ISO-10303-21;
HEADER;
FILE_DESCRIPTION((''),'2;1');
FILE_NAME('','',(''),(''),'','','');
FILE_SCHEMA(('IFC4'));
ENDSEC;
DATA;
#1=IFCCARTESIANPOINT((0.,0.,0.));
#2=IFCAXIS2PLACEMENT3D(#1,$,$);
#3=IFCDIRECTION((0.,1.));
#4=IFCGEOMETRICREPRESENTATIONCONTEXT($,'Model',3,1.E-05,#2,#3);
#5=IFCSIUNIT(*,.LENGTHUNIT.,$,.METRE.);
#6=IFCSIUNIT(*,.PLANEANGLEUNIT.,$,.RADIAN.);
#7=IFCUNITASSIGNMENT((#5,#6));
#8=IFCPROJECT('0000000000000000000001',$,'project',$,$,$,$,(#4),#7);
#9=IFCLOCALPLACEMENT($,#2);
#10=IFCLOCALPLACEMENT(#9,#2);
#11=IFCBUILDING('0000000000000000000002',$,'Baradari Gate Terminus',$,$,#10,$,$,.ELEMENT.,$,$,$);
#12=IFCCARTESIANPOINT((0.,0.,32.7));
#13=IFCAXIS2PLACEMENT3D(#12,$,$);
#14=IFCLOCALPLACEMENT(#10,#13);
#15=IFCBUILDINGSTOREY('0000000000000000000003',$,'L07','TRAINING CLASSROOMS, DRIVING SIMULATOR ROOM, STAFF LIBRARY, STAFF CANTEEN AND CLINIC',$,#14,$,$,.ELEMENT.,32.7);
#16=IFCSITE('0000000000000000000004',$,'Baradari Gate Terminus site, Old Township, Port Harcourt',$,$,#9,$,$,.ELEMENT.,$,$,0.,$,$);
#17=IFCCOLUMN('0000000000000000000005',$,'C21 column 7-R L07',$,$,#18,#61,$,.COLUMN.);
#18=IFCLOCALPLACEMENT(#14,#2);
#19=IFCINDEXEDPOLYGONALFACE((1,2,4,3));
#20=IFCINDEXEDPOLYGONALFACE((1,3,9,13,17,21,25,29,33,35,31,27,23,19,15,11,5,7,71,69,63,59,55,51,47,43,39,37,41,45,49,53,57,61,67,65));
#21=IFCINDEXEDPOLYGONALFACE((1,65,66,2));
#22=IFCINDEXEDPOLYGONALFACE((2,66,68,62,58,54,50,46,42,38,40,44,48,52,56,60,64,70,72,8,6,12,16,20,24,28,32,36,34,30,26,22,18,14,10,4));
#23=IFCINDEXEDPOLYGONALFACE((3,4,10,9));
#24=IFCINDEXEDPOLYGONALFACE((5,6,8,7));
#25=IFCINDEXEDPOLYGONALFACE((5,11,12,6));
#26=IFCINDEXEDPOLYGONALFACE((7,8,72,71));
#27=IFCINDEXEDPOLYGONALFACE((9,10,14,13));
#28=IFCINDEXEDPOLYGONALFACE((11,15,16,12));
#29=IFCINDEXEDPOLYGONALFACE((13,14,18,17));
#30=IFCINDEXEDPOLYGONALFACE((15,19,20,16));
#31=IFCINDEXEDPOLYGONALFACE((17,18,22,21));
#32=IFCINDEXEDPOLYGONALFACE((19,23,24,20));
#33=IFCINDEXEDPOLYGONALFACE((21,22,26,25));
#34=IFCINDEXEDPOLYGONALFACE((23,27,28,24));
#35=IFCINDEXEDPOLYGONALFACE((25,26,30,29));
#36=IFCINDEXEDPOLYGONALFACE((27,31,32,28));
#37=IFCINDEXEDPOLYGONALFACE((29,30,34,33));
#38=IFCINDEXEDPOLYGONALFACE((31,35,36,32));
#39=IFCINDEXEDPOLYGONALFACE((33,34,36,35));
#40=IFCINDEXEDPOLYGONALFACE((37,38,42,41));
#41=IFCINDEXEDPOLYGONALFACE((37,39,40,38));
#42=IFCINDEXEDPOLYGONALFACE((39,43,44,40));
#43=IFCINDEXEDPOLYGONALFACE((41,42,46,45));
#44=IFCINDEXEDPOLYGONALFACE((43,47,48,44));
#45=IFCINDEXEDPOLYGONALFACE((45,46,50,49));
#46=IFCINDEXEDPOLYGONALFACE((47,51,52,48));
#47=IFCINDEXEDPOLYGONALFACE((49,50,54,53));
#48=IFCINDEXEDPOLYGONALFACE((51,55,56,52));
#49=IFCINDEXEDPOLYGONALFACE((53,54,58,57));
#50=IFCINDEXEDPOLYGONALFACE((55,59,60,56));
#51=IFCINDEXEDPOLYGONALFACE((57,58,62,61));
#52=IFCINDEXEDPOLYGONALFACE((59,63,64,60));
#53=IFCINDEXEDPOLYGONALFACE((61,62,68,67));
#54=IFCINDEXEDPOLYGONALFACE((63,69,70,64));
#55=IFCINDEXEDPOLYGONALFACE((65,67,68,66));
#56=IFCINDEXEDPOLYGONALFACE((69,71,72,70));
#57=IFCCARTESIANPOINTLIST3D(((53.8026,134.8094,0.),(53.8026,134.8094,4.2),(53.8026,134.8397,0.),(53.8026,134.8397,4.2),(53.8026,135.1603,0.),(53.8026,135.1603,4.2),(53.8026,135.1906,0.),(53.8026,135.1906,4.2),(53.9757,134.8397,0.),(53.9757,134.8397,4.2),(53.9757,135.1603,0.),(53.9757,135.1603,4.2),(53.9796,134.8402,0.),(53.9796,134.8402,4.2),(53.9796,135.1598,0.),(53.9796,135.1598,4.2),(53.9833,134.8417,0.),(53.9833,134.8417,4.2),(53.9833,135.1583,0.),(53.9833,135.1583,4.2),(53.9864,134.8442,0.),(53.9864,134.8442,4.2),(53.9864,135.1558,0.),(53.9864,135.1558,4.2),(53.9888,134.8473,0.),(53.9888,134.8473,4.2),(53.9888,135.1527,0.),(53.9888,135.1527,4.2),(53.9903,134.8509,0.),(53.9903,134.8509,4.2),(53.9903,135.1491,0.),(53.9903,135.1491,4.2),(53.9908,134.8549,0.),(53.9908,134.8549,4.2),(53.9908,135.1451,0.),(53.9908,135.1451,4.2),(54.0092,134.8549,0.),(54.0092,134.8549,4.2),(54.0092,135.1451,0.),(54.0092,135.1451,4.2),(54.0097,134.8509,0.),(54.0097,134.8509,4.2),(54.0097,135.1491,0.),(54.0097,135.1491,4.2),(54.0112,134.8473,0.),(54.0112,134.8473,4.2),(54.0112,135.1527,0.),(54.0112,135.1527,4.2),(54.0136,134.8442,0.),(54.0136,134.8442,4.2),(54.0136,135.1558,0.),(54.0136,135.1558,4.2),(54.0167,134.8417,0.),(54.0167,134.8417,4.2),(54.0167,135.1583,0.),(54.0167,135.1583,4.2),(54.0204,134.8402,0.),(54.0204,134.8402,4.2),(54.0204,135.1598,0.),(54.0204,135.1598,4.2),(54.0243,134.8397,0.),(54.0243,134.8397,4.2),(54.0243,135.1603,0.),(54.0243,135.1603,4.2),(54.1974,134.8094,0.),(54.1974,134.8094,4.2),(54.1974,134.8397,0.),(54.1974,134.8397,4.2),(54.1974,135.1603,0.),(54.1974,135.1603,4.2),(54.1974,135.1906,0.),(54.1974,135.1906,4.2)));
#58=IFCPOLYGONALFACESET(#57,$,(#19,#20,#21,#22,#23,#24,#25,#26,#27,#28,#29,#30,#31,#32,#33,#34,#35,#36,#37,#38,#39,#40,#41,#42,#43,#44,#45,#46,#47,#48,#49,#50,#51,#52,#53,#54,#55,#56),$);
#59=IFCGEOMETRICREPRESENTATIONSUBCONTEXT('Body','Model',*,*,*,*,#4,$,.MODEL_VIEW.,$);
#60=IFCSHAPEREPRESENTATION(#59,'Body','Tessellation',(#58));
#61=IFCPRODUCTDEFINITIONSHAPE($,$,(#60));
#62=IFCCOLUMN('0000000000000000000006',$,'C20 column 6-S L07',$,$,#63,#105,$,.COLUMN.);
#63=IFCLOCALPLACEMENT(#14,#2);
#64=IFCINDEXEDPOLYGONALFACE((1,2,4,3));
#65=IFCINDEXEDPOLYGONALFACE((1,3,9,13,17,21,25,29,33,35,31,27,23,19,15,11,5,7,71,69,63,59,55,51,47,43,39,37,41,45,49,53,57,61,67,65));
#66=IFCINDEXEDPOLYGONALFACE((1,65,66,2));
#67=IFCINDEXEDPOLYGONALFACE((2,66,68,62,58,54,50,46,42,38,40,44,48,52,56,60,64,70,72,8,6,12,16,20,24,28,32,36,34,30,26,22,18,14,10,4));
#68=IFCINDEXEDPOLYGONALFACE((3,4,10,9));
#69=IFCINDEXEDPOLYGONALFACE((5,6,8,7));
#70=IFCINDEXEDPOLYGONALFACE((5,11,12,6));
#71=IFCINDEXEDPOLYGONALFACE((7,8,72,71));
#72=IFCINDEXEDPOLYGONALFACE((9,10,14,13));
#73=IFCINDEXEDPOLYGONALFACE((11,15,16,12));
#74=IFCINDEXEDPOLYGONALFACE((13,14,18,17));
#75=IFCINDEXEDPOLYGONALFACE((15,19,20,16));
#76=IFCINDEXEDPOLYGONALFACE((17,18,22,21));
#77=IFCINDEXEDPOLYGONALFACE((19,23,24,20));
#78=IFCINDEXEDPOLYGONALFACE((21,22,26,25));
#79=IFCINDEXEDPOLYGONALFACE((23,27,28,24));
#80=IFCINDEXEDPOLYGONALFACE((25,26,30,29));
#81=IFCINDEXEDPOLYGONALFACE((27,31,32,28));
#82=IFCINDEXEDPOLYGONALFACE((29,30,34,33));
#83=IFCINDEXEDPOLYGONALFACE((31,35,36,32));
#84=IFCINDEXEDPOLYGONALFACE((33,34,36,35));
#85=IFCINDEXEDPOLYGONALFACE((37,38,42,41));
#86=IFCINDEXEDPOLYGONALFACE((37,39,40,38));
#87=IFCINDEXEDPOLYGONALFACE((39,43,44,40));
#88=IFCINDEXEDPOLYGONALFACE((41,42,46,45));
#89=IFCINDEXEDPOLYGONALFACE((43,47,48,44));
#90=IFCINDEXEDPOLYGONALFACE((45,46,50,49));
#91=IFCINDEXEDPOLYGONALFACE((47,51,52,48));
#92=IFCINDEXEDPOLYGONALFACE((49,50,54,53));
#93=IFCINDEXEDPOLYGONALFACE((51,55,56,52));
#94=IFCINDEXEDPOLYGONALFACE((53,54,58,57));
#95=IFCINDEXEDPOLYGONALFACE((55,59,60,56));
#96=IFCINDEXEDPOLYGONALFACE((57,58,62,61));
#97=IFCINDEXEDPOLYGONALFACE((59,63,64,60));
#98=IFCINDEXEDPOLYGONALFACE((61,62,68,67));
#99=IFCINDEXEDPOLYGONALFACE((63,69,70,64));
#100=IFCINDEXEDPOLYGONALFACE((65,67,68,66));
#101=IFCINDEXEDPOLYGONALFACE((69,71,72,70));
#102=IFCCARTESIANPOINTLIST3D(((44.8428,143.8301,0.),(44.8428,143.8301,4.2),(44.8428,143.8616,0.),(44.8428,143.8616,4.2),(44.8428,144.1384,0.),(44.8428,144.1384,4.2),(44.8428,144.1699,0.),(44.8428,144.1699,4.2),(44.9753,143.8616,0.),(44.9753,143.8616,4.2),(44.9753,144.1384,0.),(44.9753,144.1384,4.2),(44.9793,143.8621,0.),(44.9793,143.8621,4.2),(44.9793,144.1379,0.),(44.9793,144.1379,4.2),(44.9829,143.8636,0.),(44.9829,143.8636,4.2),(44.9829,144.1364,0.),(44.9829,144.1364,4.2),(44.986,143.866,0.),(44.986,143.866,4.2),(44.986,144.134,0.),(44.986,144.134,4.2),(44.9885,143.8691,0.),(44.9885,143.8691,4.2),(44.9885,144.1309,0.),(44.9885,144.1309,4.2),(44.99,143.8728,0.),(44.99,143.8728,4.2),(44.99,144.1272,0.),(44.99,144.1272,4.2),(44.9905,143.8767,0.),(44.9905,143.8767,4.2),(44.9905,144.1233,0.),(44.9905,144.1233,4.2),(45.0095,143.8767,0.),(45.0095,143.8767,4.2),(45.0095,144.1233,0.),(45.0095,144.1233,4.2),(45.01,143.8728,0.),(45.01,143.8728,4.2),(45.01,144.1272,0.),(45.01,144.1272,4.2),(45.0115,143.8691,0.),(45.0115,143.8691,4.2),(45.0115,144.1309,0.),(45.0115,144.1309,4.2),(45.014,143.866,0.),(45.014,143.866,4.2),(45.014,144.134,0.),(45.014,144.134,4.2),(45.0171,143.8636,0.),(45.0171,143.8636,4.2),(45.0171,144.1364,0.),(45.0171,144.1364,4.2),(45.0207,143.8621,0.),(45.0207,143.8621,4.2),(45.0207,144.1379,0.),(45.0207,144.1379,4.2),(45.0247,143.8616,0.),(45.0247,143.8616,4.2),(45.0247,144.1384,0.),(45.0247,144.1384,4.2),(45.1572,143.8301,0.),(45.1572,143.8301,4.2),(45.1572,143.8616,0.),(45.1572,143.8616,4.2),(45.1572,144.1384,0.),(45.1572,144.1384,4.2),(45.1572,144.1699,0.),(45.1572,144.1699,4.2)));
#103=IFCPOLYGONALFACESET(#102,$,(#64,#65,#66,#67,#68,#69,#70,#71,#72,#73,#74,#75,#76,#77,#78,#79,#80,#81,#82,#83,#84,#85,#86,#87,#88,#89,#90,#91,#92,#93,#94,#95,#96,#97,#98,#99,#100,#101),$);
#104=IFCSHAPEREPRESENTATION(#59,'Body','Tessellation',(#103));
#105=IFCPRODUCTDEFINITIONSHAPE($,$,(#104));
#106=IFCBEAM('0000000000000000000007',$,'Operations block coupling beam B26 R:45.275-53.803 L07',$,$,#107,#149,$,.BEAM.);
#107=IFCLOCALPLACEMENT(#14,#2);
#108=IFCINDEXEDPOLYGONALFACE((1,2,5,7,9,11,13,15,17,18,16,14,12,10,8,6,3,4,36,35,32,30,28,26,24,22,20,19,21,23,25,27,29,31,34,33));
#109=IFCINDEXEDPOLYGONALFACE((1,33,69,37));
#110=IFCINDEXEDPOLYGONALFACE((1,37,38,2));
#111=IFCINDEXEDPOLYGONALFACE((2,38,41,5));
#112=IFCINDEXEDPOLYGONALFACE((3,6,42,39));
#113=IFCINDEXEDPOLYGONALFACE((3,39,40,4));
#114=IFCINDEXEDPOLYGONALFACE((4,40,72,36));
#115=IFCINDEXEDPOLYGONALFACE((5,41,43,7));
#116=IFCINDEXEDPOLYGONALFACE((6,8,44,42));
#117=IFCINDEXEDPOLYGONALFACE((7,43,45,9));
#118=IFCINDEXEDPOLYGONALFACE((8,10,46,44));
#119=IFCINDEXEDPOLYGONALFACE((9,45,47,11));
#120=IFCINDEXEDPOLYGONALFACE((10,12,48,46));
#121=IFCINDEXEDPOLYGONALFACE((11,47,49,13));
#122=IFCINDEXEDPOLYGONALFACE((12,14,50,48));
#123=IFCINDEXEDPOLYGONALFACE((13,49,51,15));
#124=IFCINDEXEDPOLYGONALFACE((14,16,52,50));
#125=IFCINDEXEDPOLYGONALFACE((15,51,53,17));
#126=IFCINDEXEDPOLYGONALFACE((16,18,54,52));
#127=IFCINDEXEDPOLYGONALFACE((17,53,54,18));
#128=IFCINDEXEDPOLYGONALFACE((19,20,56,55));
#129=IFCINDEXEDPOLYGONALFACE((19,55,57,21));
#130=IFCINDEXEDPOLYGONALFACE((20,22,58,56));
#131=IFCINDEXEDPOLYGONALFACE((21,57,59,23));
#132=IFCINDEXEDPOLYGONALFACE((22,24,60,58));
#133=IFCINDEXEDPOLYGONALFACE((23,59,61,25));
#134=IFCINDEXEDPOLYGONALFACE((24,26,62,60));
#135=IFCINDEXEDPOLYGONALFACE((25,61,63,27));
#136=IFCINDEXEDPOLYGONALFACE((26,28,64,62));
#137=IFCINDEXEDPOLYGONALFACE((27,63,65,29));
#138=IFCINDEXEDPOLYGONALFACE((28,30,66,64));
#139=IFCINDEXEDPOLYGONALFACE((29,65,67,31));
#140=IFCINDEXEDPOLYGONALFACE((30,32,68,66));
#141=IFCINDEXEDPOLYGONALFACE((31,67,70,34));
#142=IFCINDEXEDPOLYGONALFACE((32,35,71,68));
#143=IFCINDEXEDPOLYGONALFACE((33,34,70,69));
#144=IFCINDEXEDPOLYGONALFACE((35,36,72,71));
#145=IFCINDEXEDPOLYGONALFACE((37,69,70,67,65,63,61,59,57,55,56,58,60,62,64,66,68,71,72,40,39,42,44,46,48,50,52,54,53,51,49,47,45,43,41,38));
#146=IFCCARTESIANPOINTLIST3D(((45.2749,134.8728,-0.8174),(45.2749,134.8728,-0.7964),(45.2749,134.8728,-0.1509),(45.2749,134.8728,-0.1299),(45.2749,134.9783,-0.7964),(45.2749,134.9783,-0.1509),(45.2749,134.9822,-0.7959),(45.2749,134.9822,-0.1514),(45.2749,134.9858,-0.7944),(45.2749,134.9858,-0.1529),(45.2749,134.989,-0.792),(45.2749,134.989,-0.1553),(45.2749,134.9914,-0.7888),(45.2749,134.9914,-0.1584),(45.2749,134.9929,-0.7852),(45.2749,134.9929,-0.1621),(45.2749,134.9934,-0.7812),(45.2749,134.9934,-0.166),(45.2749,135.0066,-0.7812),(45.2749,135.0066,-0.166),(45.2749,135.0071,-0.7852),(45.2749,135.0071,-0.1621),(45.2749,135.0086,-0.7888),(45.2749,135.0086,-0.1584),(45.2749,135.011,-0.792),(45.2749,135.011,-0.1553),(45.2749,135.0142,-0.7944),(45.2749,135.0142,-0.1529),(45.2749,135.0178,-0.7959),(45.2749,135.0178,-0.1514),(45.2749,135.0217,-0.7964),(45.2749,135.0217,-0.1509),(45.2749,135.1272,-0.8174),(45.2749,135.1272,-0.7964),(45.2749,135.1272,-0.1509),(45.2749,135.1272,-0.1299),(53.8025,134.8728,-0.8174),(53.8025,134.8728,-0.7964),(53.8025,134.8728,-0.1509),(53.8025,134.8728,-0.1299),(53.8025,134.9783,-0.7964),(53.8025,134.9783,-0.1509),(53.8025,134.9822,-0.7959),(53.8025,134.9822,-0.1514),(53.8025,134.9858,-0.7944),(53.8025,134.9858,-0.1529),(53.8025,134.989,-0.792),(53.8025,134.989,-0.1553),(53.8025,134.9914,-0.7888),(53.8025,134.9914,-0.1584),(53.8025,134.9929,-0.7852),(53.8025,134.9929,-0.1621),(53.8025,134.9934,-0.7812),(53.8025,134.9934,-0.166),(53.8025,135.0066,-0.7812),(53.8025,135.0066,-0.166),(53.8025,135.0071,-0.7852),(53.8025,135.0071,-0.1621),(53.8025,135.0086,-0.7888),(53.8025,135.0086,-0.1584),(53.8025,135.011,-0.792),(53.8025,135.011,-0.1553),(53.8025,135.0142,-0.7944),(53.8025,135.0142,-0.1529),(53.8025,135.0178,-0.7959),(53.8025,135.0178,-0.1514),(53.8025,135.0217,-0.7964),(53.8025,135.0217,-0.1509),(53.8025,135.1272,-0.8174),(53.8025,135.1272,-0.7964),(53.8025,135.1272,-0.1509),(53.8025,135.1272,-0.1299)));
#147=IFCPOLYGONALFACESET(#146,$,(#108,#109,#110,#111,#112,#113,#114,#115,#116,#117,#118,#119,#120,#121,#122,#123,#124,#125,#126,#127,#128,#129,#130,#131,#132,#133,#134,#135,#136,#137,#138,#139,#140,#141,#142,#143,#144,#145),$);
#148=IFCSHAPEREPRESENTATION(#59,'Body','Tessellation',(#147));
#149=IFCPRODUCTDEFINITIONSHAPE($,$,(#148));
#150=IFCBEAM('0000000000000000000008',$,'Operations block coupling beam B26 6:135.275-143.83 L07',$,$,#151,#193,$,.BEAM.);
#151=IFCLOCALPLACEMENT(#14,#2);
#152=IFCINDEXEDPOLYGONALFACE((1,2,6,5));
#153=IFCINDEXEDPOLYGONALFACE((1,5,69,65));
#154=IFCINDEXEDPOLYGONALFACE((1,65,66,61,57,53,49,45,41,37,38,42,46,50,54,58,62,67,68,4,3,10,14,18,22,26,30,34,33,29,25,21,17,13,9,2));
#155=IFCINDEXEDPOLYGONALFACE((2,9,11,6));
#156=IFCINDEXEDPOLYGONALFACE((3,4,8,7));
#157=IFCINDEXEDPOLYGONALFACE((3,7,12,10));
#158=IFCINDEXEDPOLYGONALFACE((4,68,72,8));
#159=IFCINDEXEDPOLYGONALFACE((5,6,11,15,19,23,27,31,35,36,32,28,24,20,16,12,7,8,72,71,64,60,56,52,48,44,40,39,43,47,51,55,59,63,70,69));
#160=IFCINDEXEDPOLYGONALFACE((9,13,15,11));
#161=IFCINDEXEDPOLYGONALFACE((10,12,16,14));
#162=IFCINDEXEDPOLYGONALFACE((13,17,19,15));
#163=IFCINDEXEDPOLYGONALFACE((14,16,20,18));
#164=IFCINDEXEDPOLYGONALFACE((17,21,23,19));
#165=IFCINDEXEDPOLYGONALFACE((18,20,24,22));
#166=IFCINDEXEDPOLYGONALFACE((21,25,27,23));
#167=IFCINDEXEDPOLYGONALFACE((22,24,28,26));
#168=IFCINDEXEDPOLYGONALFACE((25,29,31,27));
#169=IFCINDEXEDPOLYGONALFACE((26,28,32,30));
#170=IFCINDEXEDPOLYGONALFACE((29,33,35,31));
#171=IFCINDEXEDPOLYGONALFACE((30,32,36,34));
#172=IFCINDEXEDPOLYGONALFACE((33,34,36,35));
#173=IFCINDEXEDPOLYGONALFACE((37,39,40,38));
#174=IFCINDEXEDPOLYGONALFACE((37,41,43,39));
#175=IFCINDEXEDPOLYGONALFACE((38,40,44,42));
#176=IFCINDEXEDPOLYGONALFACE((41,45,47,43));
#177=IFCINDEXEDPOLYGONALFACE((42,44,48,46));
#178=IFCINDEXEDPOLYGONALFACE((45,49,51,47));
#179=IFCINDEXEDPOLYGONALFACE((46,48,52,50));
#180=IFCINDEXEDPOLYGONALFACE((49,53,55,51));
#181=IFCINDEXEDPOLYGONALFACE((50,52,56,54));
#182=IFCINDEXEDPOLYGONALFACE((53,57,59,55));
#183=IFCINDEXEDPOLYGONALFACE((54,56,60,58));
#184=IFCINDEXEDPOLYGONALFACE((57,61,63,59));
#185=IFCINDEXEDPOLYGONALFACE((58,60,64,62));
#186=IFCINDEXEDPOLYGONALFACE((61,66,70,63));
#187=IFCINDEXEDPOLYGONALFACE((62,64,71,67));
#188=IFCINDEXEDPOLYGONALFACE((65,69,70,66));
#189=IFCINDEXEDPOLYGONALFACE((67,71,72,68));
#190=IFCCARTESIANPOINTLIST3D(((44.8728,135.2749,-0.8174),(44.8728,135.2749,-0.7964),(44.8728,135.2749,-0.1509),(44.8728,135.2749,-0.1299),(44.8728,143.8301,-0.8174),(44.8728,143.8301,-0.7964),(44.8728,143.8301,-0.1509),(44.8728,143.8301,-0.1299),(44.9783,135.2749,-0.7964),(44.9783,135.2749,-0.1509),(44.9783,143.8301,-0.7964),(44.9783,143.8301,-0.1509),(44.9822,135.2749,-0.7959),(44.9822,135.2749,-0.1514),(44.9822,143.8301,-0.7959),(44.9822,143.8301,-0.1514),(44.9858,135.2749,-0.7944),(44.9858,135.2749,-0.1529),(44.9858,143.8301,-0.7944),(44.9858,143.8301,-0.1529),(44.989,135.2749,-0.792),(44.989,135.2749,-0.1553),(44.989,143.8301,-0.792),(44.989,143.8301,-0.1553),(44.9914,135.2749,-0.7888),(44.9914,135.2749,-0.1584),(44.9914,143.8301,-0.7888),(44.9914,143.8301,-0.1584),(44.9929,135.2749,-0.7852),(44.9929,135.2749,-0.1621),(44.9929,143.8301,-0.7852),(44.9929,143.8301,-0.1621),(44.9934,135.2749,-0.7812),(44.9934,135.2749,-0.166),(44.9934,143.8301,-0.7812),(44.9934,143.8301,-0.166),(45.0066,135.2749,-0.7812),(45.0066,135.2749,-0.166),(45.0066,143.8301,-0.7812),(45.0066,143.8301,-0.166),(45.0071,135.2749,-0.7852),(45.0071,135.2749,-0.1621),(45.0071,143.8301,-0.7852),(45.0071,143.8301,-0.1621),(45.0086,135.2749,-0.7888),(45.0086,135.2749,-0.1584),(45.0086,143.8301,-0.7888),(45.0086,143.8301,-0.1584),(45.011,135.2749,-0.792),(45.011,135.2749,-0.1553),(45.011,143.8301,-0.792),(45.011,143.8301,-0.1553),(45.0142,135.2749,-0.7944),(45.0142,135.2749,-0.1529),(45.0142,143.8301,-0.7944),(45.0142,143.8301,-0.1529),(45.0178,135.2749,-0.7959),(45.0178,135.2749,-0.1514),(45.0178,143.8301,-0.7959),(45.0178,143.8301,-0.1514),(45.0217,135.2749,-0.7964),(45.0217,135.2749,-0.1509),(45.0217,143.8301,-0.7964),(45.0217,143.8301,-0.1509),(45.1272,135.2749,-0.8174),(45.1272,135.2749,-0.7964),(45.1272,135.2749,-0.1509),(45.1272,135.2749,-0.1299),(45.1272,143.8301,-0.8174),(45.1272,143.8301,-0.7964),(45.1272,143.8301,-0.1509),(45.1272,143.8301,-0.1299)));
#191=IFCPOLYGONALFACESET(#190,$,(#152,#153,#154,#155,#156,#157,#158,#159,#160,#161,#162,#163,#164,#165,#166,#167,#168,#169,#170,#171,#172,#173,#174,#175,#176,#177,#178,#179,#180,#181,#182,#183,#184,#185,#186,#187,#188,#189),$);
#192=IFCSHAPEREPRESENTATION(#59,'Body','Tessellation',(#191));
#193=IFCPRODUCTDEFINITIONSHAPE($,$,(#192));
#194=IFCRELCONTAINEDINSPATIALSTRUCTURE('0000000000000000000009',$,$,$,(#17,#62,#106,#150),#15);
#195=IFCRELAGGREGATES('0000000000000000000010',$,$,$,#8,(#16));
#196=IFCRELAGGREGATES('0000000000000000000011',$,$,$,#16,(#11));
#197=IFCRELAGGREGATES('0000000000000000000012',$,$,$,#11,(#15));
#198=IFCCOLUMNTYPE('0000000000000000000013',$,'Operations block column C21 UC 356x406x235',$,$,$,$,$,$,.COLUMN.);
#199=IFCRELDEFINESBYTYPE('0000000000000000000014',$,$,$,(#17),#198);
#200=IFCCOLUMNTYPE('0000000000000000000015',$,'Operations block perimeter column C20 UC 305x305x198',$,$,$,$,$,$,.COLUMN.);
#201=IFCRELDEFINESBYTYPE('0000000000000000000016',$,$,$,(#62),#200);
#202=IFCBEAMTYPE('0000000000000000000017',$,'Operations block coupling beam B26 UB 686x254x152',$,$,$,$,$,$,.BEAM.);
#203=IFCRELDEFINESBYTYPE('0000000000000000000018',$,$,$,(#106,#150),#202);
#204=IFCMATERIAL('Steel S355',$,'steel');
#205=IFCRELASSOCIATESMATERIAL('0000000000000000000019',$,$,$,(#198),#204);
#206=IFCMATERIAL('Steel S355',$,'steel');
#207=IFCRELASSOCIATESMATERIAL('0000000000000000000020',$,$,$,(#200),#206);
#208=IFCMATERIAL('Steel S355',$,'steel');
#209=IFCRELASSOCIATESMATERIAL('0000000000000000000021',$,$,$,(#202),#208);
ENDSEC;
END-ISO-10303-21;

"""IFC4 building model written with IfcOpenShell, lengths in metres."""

from ifc_helpers import new_model, si_unit, direction, frame, origin, origin_2d, place, context, subcontext, project, spatial, i_section, extrude, material, material_profile, profile_set, type_object, element, save


model = new_model("IFC4")

# Units and contexts
model_context = context("Model", 3, precision=1e-05, world=origin(), true_north=direction((0.0, 1.0)))
body_context = subcontext(model_context, "Body", "Model", "MODEL_VIEW")
ifc_project = project(units=[si_unit("LENGTHUNIT", "METRE"), si_unit("PLANEANGLEUNIT", "RADIAN")], contexts=[model_context])

# Site, building, storey
site_placement = place(None, origin())
site = spatial("IfcSite", under=ifc_project, at=site_placement, Name="Baradari Gate Terminus site, Old Township, Port Harcourt", CompositionType="ELEMENT", RefElevation=0.0)
building_placement = place(site_placement, origin())
building = spatial("IfcBuilding", under=site, at=building_placement, Name="Baradari Gate Terminus", CompositionType="ELEMENT")
storey_placement = place(building_placement, frame((0.0, 0.0, 32.7)))
storey = spatial("IfcBuildingStorey", under=building, at=storey_placement, Name="L07", Description="TRAINING CLASSROOMS, DRIVING SIMULATOR ROOM, STAFF LIBRARY, STAFF CANTEEN AND CLINIC", CompositionType="ELEMENT", Elevation=32.7)

# Columns
ifc_material_1 = material(Name="Steel S355", Category="steel")
ifc_material_profile_1 = material_profile(ifc_material_1, i_section(OverallWidth=0.3948, OverallDepth=0.3811, WebThickness=0.0183, FlangeThickness=0.0303, FilletRadius=0.0151, at=origin_2d()), Name="UC 356x406x235")
ifc_profile_set_1 = profile_set([ifc_material_profile_1], Name="Steel S355")
column_type_1 = type_object("IfcColumnType", Name="Operations block column C21 UC 356x406x235", PredefinedType="COLUMN", material=ifc_profile_set_1)
column_1_placement = place(storey_placement, frame((54.0, 135.0, 0.0), z_axis=(0.0, 0.0, 1.0), x_axis=(1.0, 0.0, 0.0)))
element("IfcColumn", 1, at=column_1_placement, inside=storey, type_object=column_type_1, Name="C21 column 7-R L07", PredefinedType="COLUMN", context=body_context, shape_type="SweptSolid", body=[
    extrude(i_section(OverallWidth=0.3948, OverallDepth=0.3811, WebThickness=0.0183, FlangeThickness=0.0303, FilletRadius=0.0151, at=origin_2d()), origin(), (0.0, 0.0, 1.0), 4.2),
])
ifc_material_2 = material(Name="Steel S355", Category="steel")
ifc_material_profile_2 = material_profile(ifc_material_2, i_section(OverallWidth=0.3145, OverallDepth=0.3398, WebThickness=0.019, FlangeThickness=0.0315, FilletRadius=0.0151, at=origin_2d()), Name="UC 305x305x198")
ifc_profile_set_2 = profile_set([ifc_material_profile_2], Name="Steel S355")
column_type_2 = type_object("IfcColumnType", Name="Operations block perimeter column C20 UC 305x305x198", PredefinedType="COLUMN", material=ifc_profile_set_2)
column_2_placement = place(storey_placement, frame((45.0, 144.0, 0.0), z_axis=(0.0, 0.0, 1.0), x_axis=(1.0, 0.0, 0.0)))
element("IfcColumn", 2, at=column_2_placement, inside=storey, type_object=column_type_2, Name="C20 column 6-S L07", PredefinedType="COLUMN", context=body_context, shape_type="SweptSolid", body=[
    extrude(i_section(OverallWidth=0.3145, OverallDepth=0.3398, WebThickness=0.019, FlangeThickness=0.0315, FilletRadius=0.0151, at=origin_2d()), origin(), (0.0, 0.0, 1.0), 4.2),
])

# Beams
ifc_material_3 = material(Name="Steel S355", Category="steel")
ifc_material_profile_3 = material_profile(ifc_material_3, i_section(OverallWidth=0.2544, OverallDepth=0.6875, WebThickness=0.0132, FlangeThickness=0.021, FilletRadius=0.0151, at=origin_2d()), Name="UB 686x254x152")
ifc_profile_set_3 = profile_set([ifc_material_profile_3], Name="Steel S355")
beam_type_1 = type_object("IfcBeamType", Name="Operations block coupling beam B26 UB 686x254x152", PredefinedType="BEAM", material=ifc_profile_set_3)
beam_1_placement = place(storey_placement, frame((45.2749, 135.0, -0.4736), z_axis=(1.0, 0.0, 0.0), x_axis=(0.0, 1.0, 0.0)))
element("IfcBeam", 3, at=beam_1_placement, inside=storey, type_object=beam_type_1, Name="Operations block coupling beam B26 R:45.275-53.803 L07", PredefinedType="BEAM", context=body_context, shape_type="SweptSolid", body=[
    extrude(i_section(OverallWidth=0.2544, OverallDepth=0.6875, WebThickness=0.0132, FlangeThickness=0.021, FilletRadius=0.0151, at=origin_2d()), origin(), (0.0, 0.0, 1.0), 8.5276),
])
beam_2_placement = place(storey_placement, frame((45.0, 135.2749, -0.4736), z_axis=(0.0, 1.0, 0.0), x_axis=(-1.0, 0.0, 0.0)))
element("IfcBeam", 4, at=beam_2_placement, inside=storey, type_object=beam_type_1, Name="Operations block coupling beam B26 6:135.275-143.83 L07", PredefinedType="BEAM", context=body_context, shape_type="SweptSolid", body=[
    extrude(i_section(OverallWidth=0.2544, OverallDepth=0.6875, WebThickness=0.0132, FlangeThickness=0.021, FilletRadius=0.0151, at=origin_2d()), origin(), (0.0, 0.0, 1.0), 8.5552),
])

save(model, "model.ifc")
